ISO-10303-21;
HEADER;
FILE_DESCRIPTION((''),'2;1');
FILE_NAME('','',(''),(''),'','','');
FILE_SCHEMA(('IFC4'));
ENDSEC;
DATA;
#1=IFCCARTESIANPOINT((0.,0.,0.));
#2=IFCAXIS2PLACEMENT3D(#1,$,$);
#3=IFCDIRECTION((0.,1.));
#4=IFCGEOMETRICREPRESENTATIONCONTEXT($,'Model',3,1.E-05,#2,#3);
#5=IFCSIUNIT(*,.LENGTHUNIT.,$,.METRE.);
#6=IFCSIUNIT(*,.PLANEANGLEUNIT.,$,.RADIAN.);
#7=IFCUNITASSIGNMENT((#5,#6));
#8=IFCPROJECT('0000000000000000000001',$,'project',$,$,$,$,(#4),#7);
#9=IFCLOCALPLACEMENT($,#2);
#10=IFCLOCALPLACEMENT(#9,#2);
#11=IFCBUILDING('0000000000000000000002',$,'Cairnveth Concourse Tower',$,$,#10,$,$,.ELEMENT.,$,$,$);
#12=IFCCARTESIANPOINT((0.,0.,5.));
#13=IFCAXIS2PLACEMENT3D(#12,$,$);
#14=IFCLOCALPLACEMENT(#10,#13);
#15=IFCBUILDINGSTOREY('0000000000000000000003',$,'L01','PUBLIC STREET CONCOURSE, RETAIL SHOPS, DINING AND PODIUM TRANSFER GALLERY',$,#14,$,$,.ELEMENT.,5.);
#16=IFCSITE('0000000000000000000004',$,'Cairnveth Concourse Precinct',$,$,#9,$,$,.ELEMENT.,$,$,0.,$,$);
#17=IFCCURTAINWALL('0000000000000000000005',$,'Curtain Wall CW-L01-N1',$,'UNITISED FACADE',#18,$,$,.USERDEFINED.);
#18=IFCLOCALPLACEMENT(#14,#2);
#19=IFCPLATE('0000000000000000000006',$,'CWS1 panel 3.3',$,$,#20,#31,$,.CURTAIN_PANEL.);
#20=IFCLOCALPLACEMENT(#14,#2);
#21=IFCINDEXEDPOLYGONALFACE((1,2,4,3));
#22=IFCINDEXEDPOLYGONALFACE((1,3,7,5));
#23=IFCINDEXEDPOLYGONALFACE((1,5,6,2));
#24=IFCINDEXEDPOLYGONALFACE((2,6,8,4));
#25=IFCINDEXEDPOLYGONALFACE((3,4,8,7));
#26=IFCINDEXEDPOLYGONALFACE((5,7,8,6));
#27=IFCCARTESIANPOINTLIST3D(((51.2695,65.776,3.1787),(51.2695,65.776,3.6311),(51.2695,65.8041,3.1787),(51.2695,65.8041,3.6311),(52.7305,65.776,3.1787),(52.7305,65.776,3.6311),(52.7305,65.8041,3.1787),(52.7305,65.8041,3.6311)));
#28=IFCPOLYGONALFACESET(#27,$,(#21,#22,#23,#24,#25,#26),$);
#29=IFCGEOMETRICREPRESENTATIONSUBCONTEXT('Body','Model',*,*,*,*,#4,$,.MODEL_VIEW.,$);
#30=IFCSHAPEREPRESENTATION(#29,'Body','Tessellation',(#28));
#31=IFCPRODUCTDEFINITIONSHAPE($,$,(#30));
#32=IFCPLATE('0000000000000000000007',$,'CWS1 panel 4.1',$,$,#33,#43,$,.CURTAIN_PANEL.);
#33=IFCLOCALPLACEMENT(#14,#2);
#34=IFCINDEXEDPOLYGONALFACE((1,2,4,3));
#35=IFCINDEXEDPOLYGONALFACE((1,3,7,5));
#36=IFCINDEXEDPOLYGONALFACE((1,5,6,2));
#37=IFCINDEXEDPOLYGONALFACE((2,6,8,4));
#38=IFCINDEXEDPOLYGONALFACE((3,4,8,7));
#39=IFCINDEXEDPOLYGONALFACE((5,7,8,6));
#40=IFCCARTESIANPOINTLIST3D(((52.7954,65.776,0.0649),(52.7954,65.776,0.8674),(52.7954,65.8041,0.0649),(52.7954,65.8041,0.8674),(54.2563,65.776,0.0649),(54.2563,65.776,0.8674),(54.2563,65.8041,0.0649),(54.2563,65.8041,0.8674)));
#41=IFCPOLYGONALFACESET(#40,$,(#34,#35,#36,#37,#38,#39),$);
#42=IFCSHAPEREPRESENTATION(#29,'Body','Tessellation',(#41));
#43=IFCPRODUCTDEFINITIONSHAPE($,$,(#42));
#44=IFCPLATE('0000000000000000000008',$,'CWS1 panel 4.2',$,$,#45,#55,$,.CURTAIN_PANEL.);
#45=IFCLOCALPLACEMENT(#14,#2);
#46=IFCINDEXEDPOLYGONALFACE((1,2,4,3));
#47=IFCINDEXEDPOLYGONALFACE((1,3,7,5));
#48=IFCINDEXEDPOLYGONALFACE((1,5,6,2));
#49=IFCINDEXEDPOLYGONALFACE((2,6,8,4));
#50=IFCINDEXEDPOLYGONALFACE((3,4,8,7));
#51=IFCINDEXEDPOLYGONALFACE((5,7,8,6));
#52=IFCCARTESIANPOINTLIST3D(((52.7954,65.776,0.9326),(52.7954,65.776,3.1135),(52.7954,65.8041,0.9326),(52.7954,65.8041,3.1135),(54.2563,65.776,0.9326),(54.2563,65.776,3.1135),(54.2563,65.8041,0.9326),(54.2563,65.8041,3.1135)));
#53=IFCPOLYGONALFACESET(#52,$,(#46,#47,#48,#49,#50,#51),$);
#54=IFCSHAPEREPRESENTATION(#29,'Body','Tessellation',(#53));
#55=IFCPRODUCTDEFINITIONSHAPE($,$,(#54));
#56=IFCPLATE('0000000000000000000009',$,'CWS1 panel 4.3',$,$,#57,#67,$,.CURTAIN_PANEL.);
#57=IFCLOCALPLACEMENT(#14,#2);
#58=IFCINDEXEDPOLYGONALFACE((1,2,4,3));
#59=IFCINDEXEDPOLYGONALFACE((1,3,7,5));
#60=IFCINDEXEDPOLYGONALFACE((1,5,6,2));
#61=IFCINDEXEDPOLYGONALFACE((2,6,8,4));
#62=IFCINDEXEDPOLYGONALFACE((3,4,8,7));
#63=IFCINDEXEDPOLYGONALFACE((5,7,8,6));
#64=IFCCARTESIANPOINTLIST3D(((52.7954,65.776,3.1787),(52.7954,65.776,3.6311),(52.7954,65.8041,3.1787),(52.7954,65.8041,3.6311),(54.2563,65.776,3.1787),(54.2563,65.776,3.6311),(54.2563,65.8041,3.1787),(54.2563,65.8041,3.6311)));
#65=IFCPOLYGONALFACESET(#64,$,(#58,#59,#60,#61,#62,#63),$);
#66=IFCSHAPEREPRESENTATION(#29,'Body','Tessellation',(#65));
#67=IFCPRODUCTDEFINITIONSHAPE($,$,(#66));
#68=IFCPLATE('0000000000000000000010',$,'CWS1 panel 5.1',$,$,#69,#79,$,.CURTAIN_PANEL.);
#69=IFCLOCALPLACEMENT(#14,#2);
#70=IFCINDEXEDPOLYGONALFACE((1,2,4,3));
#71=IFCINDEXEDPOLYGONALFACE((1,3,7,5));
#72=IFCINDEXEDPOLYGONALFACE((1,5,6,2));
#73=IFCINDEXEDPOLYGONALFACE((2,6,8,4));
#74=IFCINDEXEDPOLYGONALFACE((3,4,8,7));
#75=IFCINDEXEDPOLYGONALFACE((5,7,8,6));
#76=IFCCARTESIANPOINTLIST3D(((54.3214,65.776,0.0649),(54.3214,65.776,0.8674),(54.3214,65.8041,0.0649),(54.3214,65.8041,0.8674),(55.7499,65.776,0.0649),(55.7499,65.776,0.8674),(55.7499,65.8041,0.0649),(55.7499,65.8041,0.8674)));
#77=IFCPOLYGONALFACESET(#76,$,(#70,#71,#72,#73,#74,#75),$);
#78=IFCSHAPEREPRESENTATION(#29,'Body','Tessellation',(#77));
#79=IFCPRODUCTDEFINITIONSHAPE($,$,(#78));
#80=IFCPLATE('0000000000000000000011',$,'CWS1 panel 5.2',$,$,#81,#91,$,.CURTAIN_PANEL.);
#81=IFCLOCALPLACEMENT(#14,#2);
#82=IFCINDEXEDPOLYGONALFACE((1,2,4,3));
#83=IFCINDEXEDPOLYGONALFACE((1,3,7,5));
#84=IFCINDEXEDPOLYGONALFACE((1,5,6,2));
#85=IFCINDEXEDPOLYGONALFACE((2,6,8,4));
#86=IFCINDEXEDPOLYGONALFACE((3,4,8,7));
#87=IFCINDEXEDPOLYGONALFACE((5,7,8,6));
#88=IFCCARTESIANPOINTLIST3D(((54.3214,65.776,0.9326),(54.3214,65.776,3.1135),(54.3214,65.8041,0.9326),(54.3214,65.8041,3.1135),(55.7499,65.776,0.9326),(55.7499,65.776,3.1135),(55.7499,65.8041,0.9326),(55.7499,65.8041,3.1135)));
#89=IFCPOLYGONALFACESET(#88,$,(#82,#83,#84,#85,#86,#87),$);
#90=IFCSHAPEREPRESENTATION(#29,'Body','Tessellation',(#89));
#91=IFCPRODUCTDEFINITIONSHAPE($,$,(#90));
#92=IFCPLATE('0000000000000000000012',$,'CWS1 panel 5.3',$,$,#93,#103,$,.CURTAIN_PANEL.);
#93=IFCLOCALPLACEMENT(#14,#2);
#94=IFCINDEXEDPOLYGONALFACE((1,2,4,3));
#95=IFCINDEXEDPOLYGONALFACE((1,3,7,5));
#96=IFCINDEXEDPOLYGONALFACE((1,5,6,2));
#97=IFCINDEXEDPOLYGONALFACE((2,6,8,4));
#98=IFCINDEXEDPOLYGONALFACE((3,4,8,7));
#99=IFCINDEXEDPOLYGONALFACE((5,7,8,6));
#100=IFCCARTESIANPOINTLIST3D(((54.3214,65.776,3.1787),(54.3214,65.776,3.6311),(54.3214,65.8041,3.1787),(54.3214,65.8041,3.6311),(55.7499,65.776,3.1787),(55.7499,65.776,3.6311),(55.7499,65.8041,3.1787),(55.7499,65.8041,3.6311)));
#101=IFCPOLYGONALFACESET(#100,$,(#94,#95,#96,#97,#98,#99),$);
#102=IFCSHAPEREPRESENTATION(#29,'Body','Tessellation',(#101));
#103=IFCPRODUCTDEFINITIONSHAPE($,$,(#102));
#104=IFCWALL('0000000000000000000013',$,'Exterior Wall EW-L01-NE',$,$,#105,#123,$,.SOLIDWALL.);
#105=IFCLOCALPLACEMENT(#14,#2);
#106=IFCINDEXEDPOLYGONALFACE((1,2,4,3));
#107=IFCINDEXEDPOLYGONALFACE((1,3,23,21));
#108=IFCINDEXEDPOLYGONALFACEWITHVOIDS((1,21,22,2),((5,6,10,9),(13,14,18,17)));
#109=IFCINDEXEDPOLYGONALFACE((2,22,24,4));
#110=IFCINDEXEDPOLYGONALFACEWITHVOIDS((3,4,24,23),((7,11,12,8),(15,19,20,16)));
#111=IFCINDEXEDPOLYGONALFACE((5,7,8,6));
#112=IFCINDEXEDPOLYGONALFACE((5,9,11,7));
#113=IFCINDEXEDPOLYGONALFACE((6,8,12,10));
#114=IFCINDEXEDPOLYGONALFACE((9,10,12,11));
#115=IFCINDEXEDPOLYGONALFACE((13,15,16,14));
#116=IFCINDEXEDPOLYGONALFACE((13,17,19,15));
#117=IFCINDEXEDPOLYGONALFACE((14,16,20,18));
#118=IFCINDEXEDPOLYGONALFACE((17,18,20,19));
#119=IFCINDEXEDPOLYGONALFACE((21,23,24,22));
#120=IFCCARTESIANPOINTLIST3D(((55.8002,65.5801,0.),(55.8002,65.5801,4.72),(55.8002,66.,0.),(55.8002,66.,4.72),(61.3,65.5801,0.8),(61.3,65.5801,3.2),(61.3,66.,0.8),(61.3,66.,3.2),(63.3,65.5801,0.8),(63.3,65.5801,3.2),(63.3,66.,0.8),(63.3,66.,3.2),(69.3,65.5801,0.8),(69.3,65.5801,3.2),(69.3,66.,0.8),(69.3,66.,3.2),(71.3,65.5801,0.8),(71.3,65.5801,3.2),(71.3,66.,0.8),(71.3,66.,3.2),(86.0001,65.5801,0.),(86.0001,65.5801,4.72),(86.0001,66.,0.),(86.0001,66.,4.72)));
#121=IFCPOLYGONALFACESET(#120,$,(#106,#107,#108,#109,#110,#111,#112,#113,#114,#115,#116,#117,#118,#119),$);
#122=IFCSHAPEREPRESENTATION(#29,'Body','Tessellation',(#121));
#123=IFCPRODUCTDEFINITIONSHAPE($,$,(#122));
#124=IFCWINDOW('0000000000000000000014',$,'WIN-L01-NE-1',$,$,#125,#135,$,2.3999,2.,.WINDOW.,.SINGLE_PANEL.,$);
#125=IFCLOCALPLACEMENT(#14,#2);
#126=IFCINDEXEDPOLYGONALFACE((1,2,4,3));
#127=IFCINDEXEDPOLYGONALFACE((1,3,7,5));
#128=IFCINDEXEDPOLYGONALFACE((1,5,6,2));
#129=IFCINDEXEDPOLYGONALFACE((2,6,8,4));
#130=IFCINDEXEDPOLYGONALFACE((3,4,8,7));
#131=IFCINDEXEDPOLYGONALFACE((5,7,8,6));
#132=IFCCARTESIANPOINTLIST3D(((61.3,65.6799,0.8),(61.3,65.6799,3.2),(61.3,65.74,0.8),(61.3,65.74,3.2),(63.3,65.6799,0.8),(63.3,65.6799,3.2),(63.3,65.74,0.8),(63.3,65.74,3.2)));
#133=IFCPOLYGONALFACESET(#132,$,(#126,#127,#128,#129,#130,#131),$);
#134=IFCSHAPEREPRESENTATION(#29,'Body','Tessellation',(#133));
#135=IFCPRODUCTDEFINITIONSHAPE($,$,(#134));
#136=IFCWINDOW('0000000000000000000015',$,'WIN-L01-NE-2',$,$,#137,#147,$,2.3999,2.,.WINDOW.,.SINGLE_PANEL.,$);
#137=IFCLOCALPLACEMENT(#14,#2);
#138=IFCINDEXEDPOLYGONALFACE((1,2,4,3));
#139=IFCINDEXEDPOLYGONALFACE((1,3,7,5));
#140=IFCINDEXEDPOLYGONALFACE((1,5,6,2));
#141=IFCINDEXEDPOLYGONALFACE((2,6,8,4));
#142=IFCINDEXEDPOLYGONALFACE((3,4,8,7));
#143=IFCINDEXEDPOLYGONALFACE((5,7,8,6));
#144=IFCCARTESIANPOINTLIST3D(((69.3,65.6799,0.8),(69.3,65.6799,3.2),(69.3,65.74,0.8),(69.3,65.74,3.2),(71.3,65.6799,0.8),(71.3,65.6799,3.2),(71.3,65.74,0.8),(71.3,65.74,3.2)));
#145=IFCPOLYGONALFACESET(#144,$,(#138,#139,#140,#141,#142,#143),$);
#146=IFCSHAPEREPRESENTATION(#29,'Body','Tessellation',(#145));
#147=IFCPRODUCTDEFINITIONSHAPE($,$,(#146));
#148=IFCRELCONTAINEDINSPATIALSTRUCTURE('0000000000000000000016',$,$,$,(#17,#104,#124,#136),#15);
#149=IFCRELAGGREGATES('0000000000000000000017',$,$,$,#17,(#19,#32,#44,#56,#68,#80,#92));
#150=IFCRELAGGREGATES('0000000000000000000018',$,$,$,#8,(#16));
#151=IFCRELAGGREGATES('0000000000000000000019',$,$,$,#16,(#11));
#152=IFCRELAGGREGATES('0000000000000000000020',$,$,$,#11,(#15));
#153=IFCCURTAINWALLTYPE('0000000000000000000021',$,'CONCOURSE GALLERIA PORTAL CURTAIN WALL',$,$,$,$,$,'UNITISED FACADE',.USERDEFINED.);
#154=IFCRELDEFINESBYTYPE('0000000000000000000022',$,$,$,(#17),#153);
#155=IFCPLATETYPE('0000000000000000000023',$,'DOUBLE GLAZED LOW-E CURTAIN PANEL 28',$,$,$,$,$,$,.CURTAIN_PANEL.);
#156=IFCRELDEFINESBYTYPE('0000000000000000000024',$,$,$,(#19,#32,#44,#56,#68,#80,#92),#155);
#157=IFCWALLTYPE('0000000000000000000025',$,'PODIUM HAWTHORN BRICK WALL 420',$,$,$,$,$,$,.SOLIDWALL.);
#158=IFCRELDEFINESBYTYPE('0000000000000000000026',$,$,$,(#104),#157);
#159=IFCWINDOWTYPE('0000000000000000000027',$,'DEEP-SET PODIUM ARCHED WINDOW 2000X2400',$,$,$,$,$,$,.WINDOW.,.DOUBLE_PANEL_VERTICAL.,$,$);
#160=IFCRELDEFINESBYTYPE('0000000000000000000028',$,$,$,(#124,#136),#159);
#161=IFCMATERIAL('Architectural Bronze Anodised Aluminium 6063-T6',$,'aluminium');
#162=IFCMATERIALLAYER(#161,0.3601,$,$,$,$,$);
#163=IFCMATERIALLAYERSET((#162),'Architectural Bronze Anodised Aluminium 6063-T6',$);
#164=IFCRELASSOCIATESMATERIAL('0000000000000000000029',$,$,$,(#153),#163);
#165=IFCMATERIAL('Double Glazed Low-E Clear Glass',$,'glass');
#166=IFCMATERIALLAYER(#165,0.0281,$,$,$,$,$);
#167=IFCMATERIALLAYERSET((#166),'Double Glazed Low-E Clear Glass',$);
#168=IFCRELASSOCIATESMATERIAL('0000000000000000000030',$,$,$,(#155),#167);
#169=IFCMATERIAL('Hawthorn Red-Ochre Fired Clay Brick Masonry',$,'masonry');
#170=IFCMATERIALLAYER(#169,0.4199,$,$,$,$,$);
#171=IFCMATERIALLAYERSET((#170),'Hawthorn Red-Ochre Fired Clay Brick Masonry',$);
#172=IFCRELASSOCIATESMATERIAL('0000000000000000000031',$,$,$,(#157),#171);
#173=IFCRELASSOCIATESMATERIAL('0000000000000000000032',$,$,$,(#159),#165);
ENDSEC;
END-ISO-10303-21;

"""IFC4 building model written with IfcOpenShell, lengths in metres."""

from ifc_helpers import new_model, si_unit, direction, frame, frame_2d, origin, origin_2d, place, context, subcontext, project, spatial, rectangle, extrude, material, layer, layer_set, type_object, element, fill, aggregate, save


model = new_model("IFC4")

# Units and contexts
model_context = context("Model", 3, precision=1e-05, world=origin(), true_north=direction((0.0, 1.0)))
body_context = subcontext(model_context, "Body", "Model", "MODEL_VIEW")
ifc_project = project(units=[si_unit("LENGTHUNIT", "METRE"), si_unit("PLANEANGLEUNIT", "RADIAN")], contexts=[model_context])

# Site, building, storey
site_placement = place(None, origin())
site = spatial("IfcSite", under=ifc_project, at=site_placement, Name="Cairnveth Concourse Precinct", CompositionType="ELEMENT", RefElevation=0.0)
building_placement = place(site_placement, origin())
building = spatial("IfcBuilding", under=site, at=building_placement, Name="Cairnveth Concourse Tower", CompositionType="ELEMENT")
storey_placement = place(building_placement, frame((0.0, 0.0, 5.0)))
storey = spatial("IfcBuildingStorey", under=building, at=storey_placement, Name="L01", Description="PUBLIC STREET CONCOURSE, RETAIL SHOPS, DINING AND PODIUM TRANSFER GALLERY", CompositionType="ELEMENT", Elevation=5.0)

# Curtain wall, plates
ifc_material_1 = material(Name="Architectural Bronze Anodised Aluminium 6063-T6", Category="aluminium")
ifc_layer_1 = layer(ifc_material_1, 0.3601)
ifc_layer_set_1 = layer_set([ifc_layer_1], Name="Architectural Bronze Anodised Aluminium 6063-T6")
curtain_wall_type = type_object("IfcCurtainWallType", Name="CONCOURSE GALLERIA PORTAL CURTAIN WALL", ElementType="UNITISED FACADE", PredefinedType="USERDEFINED", material=ifc_layer_set_1)
curtain_wall_placement = place(storey_placement, origin())
curtain_wall = element("IfcCurtainWall", 1, at=curtain_wall_placement, inside=storey, type_object=curtain_wall_type, Name="Curtain Wall CW-L01-N1", ObjectType="UNITISED FACADE", PredefinedType="USERDEFINED")
ifc_material_2 = material(Name="Double Glazed Low-E Clear Glass", Category="glass")
ifc_layer_2 = layer(ifc_material_2, 0.0281)
ifc_layer_set_2 = layer_set([ifc_layer_2], Name="Double Glazed Low-E Clear Glass")
plate_type = type_object("IfcPlateType", Name="DOUBLE GLAZED LOW-E CURTAIN PANEL 28", PredefinedType="CURTAIN_PANEL", material=ifc_layer_set_2)
plate_1_placement = place(storey_placement, frame((52.0, 65.79, 3.1787), z_axis=(0.0, 0.0, 1.0), x_axis=(1.0, 0.0, 0.0)))
plate_1 = element("IfcPlate", 2, at=plate_1_placement, type_object=plate_type, Name="CWS1 panel 3.3", PredefinedType="CURTAIN_PANEL", context=body_context, shape_type="SweptSolid", body=[
    extrude(rectangle(XDim=1.4609, YDim=0.0281, at=origin_2d()), origin(), (0.0, 0.0, 1.0), 0.4524),
])
plate_2_placement = place(storey_placement, frame((53.5259, 65.79, 0.0649), z_axis=(0.0, 0.0, 1.0), x_axis=(1.0, 0.0, 0.0)))
plate_2 = element("IfcPlate", 3, at=plate_2_placement, type_object=plate_type, Name="CWS1 panel 4.1", PredefinedType="CURTAIN_PANEL", context=body_context, shape_type="SweptSolid", body=[
    extrude(rectangle(XDim=1.4609, YDim=0.0281, at=origin_2d()), origin(), (0.0, 0.0, 1.0), 0.8025),
])
plate_3_placement = place(storey_placement, frame((53.5259, 65.79, 0.9326), z_axis=(0.0, 0.0, 1.0), x_axis=(1.0, 0.0, 0.0)))
plate_3 = element("IfcPlate", 4, at=plate_3_placement, type_object=plate_type, Name="CWS1 panel 4.2", PredefinedType="CURTAIN_PANEL", context=body_context, shape_type="SweptSolid", body=[
    extrude(rectangle(XDim=1.4609, YDim=0.0281, at=origin_2d()), origin(), (0.0, 0.0, 1.0), 2.1809),
])
plate_4_placement = place(storey_placement, frame((53.5259, 65.79, 3.1787), z_axis=(0.0, 0.0, 1.0), x_axis=(1.0, 0.0, 0.0)))
plate_4 = element("IfcPlate", 5, at=plate_4_placement, type_object=plate_type, Name="CWS1 panel 4.3", PredefinedType="CURTAIN_PANEL", context=body_context, shape_type="SweptSolid", body=[
    extrude(rectangle(XDim=1.4609, YDim=0.0281, at=origin_2d()), origin(), (0.0, 0.0, 1.0), 0.4524),
])
plate_5_placement = place(storey_placement, frame((55.0356, 65.79, 0.0649), z_axis=(0.0, 0.0, 1.0), x_axis=(1.0, 0.0, 0.0)))
plate_5 = element("IfcPlate", 6, at=plate_5_placement, type_object=plate_type, Name="CWS1 panel 5.1", PredefinedType="CURTAIN_PANEL", context=body_context, shape_type="SweptSolid", body=[
    extrude(rectangle(XDim=1.4285, YDim=0.0281, at=origin_2d()), origin(), (0.0, 0.0, 1.0), 0.8025),
])
plate_6_placement = place(storey_placement, frame((55.0356, 65.79, 0.9326), z_axis=(0.0, 0.0, 1.0), x_axis=(1.0, 0.0, 0.0)))
plate_6 = element("IfcPlate", 7, at=plate_6_placement, type_object=plate_type, Name="CWS1 panel 5.2", PredefinedType="CURTAIN_PANEL", context=body_context, shape_type="SweptSolid", body=[
    extrude(rectangle(XDim=1.4285, YDim=0.0281, at=origin_2d()), origin(), (0.0, 0.0, 1.0), 2.1809),
])
plate_7_placement = place(storey_placement, frame((55.0356, 65.79, 3.1787), z_axis=(0.0, 0.0, 1.0), x_axis=(1.0, 0.0, 0.0)))
plate_7 = element("IfcPlate", 8, at=plate_7_placement, type_object=plate_type, Name="CWS1 panel 5.3", PredefinedType="CURTAIN_PANEL", context=body_context, shape_type="SweptSolid", body=[
    extrude(rectangle(XDim=1.4285, YDim=0.0281, at=origin_2d()), origin(), (0.0, 0.0, 1.0), 0.4524),
])
aggregate(curtain_wall, [plate_1, plate_2, plate_3, plate_4, plate_5, plate_6, plate_7])

# Wall, openings, windows
ifc_material_3 = material(Name="Hawthorn Red-Ochre Fired Clay Brick Masonry", Category="masonry")
ifc_layer_3 = layer(ifc_material_3, 0.4199)
ifc_layer_set_3 = layer_set([ifc_layer_3], Name="Hawthorn Red-Ochre Fired Clay Brick Masonry")
wall_type = type_object("IfcWallType", Name="PODIUM HAWTHORN BRICK WALL 420", PredefinedType="SOLIDWALL", material=ifc_layer_set_3)
wall_placement = place(storey_placement, frame((55.8, 65.79, 0.0), z_axis=(0.0, 0.0, 1.0), x_axis=(1.0, 0.0, 0.0)))
wall = element("IfcWall", 9, at=wall_placement, inside=storey, type_object=wall_type, Name="Exterior Wall EW-L01-NE", PredefinedType="SOLIDWALL", context=body_context, shape_type="SweptSolid", body=[
    extrude(rectangle(XDim=30.2, YDim=0.4199, at=frame_2d((15.1001, 0.0))), origin(), (0.0, 0.0, 1.0), 4.72),
])
opening_1_placement = place(wall_placement, frame((5.5, 0.0, 0.8)))
opening_1 = element("IfcOpeningElement", 10, at=opening_1_placement, cuts=wall, PredefinedType="OPENING", context=body_context, shape_type="SweptSolid", body=[
    extrude(rectangle(XDim=2.0, YDim=2.3999, at=frame_2d((1.0, 1.2))), frame((0.0, 0.22, 0.0), z_axis=(0.0, -1.0, 0.0), x_axis=(1.0, 0.0, 0.0)), (0.0, 0.0, 1.0), 0.4399),
])
opening_2_placement = place(wall_placement, frame((13.5, 0.0, 0.8)))
opening_2 = element("IfcOpeningElement", 11, at=opening_2_placement, cuts=wall, PredefinedType="OPENING", context=body_context, shape_type="SweptSolid", body=[
    extrude(rectangle(XDim=2.0, YDim=2.3999, at=frame_2d((1.0, 1.2))), frame((0.0, 0.22, 0.0), z_axis=(0.0, -1.0, 0.0), x_axis=(1.0, 0.0, 0.0)), (0.0, 0.0, 1.0), 0.4399),
])
window_type = type_object("IfcWindowType", Name="DEEP-SET PODIUM ARCHED WINDOW 2000X2400", PartitioningType="DOUBLE_PANEL_VERTICAL", PredefinedType="WINDOW", material=ifc_material_2)
window_1_placement = place(opening_1_placement, origin())
window_1 = element("IfcWindow", 12, at=window_1_placement, inside=storey, type_object=window_type, Name="WIN-L01-NE-1", OverallHeight=2.3999, OverallWidth=2.0, PartitioningType="SINGLE_PANEL", PredefinedType="WINDOW", context=body_context, shape_type="SweptSolid", body=[
    extrude(rectangle(XDim=2.0, YDim=2.3999, at=frame_2d((1.0, 1.2))), frame((0.0, -0.05, 0.0), z_axis=(0.0, -1.0, 0.0), x_axis=(1.0, 0.0, 0.0)), (0.0, 0.0, 1.0), 0.0601),
])
fill(opening_1, window_1)
window_2_placement = place(opening_2_placement, origin())
window_2 = element("IfcWindow", 13, at=window_2_placement, inside=storey, type_object=window_type, Name="WIN-L01-NE-2", OverallHeight=2.3999, OverallWidth=2.0, PartitioningType="SINGLE_PANEL", PredefinedType="WINDOW", context=body_context, shape_type="SweptSolid", body=[
    extrude(rectangle(XDim=2.0, YDim=2.3999, at=frame_2d((1.0, 1.2))), frame((0.0, -0.05, 0.0), z_axis=(0.0, -1.0, 0.0), x_axis=(1.0, 0.0, 0.0)), (0.0, 0.0, 1.0), 0.0601),
])
fill(opening_2, window_2)

save(model, "model.ifc")
